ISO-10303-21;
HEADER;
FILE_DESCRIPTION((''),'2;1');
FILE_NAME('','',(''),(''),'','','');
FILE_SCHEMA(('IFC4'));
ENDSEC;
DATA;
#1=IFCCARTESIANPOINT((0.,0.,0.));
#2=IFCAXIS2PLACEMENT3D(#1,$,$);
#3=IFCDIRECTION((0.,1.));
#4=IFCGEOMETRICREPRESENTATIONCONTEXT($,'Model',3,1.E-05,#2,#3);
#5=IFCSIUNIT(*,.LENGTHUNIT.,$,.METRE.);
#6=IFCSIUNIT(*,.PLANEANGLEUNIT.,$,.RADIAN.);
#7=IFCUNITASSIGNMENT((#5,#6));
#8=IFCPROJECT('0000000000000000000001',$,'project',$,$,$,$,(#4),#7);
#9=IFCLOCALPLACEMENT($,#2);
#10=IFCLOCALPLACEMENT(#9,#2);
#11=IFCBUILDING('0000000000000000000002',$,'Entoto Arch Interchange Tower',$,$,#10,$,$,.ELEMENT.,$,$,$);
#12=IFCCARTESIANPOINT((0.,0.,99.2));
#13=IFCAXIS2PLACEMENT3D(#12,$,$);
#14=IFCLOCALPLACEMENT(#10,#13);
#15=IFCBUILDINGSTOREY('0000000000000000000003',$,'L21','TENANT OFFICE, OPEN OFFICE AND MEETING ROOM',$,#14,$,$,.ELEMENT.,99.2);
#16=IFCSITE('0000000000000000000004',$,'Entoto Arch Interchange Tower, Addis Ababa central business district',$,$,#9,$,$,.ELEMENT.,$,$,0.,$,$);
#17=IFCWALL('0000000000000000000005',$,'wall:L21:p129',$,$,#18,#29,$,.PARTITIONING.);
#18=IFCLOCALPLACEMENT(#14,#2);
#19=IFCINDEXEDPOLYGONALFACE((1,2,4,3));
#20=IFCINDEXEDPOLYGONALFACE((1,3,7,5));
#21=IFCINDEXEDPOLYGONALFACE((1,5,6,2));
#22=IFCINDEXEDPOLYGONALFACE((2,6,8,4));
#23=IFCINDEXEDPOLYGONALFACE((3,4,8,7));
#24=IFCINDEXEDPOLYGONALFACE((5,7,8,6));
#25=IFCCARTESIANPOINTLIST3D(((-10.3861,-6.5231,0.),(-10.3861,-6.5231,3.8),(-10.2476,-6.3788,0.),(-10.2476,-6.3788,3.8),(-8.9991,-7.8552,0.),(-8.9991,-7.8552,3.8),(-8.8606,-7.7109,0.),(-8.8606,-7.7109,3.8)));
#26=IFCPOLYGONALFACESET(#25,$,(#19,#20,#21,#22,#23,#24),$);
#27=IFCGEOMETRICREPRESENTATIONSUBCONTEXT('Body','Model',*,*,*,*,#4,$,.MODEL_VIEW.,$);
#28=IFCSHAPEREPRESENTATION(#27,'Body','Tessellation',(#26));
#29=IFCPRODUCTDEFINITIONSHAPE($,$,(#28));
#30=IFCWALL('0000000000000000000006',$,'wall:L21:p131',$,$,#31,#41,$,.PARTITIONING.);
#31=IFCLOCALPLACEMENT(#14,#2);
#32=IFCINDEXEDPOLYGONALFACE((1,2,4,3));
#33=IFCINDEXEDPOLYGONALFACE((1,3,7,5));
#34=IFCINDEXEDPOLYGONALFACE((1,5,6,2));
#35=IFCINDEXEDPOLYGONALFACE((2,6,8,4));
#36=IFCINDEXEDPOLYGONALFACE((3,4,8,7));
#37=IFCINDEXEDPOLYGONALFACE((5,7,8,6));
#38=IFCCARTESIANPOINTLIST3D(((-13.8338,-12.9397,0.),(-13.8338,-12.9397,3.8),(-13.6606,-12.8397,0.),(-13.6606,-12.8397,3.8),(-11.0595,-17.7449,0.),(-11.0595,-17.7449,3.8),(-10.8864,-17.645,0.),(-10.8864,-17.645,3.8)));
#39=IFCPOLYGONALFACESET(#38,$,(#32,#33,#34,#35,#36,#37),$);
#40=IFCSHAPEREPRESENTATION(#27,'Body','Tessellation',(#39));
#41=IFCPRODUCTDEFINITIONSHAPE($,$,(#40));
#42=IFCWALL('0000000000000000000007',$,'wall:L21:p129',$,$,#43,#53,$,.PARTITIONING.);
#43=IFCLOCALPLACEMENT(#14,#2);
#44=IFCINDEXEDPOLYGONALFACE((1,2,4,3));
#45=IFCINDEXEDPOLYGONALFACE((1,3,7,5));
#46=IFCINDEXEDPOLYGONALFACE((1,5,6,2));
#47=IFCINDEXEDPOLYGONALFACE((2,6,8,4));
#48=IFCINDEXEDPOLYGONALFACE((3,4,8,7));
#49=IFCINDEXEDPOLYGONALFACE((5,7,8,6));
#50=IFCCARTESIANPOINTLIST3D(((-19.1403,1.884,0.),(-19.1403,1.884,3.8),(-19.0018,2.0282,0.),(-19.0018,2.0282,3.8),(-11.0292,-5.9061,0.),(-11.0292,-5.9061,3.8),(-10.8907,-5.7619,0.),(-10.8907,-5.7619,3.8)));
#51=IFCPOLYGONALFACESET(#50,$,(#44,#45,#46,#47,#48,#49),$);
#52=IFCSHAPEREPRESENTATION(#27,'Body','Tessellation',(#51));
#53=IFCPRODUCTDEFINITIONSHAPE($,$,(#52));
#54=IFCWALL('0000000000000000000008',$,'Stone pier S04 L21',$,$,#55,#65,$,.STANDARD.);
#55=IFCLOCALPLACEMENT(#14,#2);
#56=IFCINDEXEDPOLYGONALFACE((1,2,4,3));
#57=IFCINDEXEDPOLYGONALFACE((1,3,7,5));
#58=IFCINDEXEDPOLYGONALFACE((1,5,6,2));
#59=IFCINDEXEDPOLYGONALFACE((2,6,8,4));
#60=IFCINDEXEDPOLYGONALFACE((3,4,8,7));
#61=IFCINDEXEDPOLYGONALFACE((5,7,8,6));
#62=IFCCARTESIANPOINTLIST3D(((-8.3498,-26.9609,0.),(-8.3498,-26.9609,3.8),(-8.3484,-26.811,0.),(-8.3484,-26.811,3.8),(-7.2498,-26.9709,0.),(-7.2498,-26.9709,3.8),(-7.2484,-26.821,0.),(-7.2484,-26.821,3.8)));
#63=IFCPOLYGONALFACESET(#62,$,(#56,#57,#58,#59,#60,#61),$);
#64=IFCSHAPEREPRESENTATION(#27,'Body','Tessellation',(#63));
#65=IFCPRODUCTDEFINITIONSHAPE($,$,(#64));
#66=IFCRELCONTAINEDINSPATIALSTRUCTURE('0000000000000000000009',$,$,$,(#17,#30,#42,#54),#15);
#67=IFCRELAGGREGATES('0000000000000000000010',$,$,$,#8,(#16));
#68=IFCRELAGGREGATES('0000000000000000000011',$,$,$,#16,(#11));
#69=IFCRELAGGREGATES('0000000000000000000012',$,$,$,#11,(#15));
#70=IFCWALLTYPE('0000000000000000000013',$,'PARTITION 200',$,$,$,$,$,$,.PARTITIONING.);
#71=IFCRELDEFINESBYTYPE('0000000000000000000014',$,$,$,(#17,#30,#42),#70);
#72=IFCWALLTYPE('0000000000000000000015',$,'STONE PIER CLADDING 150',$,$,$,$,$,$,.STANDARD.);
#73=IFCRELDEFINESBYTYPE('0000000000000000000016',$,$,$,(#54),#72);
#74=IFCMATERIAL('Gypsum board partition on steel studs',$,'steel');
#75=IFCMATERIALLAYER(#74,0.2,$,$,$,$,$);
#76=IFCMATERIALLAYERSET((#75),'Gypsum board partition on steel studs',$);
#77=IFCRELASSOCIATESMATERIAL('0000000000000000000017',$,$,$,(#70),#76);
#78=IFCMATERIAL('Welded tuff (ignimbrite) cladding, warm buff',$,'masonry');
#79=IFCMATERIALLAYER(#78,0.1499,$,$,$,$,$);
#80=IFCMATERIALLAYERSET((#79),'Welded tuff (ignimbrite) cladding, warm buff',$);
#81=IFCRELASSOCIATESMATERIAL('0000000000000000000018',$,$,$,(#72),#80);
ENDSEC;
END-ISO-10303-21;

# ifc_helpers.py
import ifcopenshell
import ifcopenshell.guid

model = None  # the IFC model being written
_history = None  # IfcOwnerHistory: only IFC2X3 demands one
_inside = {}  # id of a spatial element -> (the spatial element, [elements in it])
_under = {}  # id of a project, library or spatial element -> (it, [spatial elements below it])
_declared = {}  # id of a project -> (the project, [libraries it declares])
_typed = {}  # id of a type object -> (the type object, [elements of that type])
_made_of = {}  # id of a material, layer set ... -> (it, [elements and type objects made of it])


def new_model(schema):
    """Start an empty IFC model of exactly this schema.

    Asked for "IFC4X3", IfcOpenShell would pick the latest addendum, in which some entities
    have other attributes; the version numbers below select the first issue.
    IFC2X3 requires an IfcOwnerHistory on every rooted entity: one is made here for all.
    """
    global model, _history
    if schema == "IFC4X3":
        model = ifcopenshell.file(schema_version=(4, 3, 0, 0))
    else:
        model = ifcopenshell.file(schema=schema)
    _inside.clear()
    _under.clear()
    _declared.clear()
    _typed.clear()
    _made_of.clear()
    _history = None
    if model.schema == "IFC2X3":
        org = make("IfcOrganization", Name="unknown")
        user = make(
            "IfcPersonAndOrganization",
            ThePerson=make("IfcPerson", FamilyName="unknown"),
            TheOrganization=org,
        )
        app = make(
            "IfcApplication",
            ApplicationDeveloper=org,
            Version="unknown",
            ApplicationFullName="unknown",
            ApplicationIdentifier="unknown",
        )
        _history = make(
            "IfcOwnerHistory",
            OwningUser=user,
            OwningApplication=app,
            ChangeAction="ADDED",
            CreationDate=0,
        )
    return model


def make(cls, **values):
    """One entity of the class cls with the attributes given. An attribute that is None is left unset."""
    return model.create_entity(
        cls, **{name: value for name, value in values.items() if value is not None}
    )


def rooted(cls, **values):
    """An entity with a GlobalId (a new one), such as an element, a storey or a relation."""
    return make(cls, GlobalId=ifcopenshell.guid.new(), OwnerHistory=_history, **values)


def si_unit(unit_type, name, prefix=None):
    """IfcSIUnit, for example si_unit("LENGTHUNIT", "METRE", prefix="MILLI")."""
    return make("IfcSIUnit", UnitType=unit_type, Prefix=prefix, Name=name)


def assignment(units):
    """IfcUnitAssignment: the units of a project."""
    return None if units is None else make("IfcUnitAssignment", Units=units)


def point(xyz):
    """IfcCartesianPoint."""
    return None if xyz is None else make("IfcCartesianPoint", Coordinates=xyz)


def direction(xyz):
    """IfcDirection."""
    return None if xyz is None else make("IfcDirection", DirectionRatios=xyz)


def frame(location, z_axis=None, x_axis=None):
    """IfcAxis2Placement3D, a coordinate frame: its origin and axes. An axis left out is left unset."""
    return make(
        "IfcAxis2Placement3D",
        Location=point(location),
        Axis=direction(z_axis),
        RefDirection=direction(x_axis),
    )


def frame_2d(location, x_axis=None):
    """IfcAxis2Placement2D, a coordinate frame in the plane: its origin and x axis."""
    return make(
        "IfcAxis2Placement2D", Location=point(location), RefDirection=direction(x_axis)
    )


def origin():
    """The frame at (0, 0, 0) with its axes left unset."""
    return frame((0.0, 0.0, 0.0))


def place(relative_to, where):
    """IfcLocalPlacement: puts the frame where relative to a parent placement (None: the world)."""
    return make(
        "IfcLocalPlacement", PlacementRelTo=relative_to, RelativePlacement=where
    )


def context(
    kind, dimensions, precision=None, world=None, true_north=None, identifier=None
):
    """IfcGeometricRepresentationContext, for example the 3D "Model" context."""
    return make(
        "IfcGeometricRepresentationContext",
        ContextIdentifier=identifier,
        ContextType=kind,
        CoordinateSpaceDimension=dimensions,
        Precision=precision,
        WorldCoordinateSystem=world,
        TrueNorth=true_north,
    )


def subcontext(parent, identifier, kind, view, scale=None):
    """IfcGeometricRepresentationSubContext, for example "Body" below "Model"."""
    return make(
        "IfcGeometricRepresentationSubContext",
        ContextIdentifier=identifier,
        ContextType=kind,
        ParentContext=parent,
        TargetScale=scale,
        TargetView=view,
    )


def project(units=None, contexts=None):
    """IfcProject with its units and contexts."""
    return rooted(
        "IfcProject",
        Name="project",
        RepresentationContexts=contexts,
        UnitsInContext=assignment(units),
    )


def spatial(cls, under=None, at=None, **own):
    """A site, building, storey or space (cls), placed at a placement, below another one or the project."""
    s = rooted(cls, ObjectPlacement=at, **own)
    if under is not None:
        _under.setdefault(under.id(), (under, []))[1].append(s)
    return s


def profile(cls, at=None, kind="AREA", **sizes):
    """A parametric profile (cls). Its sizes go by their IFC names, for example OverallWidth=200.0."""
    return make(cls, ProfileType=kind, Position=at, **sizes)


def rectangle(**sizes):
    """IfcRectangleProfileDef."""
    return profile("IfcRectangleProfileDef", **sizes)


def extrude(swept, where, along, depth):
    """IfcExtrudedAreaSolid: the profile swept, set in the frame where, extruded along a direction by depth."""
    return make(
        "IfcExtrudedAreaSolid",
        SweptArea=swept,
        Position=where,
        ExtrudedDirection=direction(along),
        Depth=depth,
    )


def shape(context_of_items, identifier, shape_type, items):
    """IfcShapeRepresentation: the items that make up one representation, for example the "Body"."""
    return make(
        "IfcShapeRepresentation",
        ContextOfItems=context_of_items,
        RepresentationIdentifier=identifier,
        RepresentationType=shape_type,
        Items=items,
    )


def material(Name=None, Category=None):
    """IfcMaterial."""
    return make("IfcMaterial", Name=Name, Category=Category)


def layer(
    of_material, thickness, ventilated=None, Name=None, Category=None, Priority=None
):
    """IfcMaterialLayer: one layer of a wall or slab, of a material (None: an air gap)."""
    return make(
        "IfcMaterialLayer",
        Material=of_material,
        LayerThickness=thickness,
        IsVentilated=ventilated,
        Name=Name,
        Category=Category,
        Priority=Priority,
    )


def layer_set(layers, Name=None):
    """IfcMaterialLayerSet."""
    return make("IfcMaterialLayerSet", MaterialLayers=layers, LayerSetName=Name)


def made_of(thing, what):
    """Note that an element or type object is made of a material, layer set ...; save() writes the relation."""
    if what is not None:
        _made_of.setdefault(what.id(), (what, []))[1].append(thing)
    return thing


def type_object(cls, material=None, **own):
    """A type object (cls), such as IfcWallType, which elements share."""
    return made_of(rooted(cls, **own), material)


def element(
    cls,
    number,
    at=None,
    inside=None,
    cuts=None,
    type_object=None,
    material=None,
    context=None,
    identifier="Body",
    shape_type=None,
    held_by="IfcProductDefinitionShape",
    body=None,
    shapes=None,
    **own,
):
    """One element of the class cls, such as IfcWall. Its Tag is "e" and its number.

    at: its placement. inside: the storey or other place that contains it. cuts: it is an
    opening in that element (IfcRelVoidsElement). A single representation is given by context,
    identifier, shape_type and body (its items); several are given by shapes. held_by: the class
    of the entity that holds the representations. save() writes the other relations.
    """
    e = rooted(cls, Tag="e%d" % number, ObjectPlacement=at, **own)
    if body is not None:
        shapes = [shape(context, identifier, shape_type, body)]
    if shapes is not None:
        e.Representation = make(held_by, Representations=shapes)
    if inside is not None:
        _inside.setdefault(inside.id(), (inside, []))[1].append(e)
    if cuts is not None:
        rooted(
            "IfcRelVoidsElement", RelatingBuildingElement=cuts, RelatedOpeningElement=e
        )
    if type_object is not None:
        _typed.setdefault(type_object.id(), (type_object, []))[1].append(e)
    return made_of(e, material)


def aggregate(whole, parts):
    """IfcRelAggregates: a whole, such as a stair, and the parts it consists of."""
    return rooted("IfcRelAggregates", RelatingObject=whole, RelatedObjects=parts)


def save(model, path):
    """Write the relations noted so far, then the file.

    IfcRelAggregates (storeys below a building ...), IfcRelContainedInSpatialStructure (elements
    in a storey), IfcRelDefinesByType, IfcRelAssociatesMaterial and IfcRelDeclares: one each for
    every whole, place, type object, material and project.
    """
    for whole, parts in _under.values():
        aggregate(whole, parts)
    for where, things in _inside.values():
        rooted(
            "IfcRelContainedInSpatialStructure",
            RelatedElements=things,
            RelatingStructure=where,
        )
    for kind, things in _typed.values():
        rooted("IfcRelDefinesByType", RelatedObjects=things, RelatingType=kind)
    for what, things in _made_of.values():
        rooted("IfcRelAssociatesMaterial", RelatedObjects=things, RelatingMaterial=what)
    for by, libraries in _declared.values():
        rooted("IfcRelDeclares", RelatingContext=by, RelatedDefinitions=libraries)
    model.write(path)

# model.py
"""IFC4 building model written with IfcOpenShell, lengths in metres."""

from ifc_helpers import new_model, si_unit, direction, frame, frame_2d, origin, place, context, subcontext, project, spatial, rectangle, extrude, material, layer, layer_set, type_object, element, save


model = new_model("IFC4")

# Units and contexts
model_context = context("Model", 3, precision=1e-05, world=origin(), true_north=direction((0.0, 1.0)))
body_context = subcontext(model_context, "Body", "Model", "MODEL_VIEW")
ifc_project = project(units=[si_unit("LENGTHUNIT", "METRE"), si_unit("PLANEANGLEUNIT", "RADIAN")], contexts=[model_context])

# Site, building, storey
site_placement = place(None, origin())
site = spatial("IfcSite", under=ifc_project, at=site_placement, Name="Entoto Arch Interchange Tower, Addis Ababa central business district", CompositionType="ELEMENT", RefElevation=0.0)
building_placement = place(site_placement, origin())
building = spatial("IfcBuilding", under=site, at=building_placement, Name="Entoto Arch Interchange Tower", CompositionType="ELEMENT")
storey_placement = place(building_placement, frame((0.0, 0.0, 99.2)))
storey = spatial("IfcBuildingStorey", under=building, at=storey_placement, Name="L21", Description="TENANT OFFICE, OPEN OFFICE AND MEETING ROOM", CompositionType="ELEMENT", Elevation=99.2)

# Shared definitions
ifc_material_1 = material(Name="Gypsum board partition on steel studs", Category="steel")
ifc_layer_1 = layer(ifc_material_1, 0.2)
ifc_layer_set_1 = layer_set([ifc_layer_1], Name="Gypsum board partition on steel studs")
wall_type_1 = type_object("IfcWallType", Name="PARTITION 200", PredefinedType="PARTITIONING", material=ifc_layer_set_1)

# Walls
wall_1_placement = place(storey_placement, frame((-8.9299, -7.783, 0.0), z_axis=(0.0, 0.0, 1.0), x_axis=(-0.721245, 0.69268, 0.0)))
element("IfcWall", 1, at=wall_1_placement, inside=storey, type_object=wall_type_1, Name="wall:L21:p129", PredefinedType="PARTITIONING", context=body_context, shape_type="SweptSolid", body=[
    extrude(rectangle(XDim=1.9231, YDim=0.2, at=frame_2d((0.9614, 0.0))), origin(), (0.0, 0.0, 1.0), 3.8),
])
wall_2_placement = place(storey_placement, frame((-10.9729, -17.6951, 0.0), z_axis=(0.0, 0.0, 1.0), x_axis=(-0.499987, 0.866033, 0.0)))
element("IfcWall", 2, at=wall_2_placement, inside=storey, type_object=wall_type_1, Name="wall:L21:p131", PredefinedType="PARTITIONING", context=body_context, shape_type="SweptSolid", body=[
    extrude(rectangle(XDim=5.5486, YDim=0.2, at=frame_2d((2.7744, 0.0))), origin(), (0.0, 0.0, 1.0), 3.8),
])
wall_3_placement = place(storey_placement, frame((-10.96, -5.834, 0.0), z_axis=(0.0, 0.0, 1.0), x_axis=(-0.721236, 0.692689, 0.0)))
element("IfcWall", 3, at=wall_3_placement, inside=storey, type_object=wall_type_1, Name="wall:L21:p129", PredefinedType="PARTITIONING", context=body_context, shape_type="SweptSolid", body=[
    extrude(rectangle(XDim=11.2461, YDim=0.2, at=frame_2d((5.623, 0.0))), origin(), (0.0, 0.0, 1.0), 3.8),
])
ifc_material_2 = material(Name="Welded tuff (ignimbrite) cladding, warm buff", Category="masonry")
ifc_layer_2 = layer(ifc_material_2, 0.1499)
ifc_layer_set_2 = layer_set([ifc_layer_2], Name="Welded tuff (ignimbrite) cladding, warm buff")
wall_type_2 = type_object("IfcWallType", Name="STONE PIER CLADDING 150", PredefinedType="STANDARD", material=ifc_layer_set_2)
wall_4_placement = place(storey_placement, frame((-8.3491, -26.886, 0.0), z_axis=(0.0, 0.0, 1.0), x_axis=(0.999959, -0.009099, 0.0)))
element("IfcWall", 4, at=wall_4_placement, inside=storey, type_object=wall_type_2, Name="Stone pier S04 L21", PredefinedType="STANDARD", context=body_context, shape_type="SweptSolid", body=[
    extrude(rectangle(XDim=1.1001, YDim=0.1499, at=frame_2d((0.55, 0.0))), origin(), (0.0, 0.0, 1.0), 3.8),
])

save(model, "model.ifc")
